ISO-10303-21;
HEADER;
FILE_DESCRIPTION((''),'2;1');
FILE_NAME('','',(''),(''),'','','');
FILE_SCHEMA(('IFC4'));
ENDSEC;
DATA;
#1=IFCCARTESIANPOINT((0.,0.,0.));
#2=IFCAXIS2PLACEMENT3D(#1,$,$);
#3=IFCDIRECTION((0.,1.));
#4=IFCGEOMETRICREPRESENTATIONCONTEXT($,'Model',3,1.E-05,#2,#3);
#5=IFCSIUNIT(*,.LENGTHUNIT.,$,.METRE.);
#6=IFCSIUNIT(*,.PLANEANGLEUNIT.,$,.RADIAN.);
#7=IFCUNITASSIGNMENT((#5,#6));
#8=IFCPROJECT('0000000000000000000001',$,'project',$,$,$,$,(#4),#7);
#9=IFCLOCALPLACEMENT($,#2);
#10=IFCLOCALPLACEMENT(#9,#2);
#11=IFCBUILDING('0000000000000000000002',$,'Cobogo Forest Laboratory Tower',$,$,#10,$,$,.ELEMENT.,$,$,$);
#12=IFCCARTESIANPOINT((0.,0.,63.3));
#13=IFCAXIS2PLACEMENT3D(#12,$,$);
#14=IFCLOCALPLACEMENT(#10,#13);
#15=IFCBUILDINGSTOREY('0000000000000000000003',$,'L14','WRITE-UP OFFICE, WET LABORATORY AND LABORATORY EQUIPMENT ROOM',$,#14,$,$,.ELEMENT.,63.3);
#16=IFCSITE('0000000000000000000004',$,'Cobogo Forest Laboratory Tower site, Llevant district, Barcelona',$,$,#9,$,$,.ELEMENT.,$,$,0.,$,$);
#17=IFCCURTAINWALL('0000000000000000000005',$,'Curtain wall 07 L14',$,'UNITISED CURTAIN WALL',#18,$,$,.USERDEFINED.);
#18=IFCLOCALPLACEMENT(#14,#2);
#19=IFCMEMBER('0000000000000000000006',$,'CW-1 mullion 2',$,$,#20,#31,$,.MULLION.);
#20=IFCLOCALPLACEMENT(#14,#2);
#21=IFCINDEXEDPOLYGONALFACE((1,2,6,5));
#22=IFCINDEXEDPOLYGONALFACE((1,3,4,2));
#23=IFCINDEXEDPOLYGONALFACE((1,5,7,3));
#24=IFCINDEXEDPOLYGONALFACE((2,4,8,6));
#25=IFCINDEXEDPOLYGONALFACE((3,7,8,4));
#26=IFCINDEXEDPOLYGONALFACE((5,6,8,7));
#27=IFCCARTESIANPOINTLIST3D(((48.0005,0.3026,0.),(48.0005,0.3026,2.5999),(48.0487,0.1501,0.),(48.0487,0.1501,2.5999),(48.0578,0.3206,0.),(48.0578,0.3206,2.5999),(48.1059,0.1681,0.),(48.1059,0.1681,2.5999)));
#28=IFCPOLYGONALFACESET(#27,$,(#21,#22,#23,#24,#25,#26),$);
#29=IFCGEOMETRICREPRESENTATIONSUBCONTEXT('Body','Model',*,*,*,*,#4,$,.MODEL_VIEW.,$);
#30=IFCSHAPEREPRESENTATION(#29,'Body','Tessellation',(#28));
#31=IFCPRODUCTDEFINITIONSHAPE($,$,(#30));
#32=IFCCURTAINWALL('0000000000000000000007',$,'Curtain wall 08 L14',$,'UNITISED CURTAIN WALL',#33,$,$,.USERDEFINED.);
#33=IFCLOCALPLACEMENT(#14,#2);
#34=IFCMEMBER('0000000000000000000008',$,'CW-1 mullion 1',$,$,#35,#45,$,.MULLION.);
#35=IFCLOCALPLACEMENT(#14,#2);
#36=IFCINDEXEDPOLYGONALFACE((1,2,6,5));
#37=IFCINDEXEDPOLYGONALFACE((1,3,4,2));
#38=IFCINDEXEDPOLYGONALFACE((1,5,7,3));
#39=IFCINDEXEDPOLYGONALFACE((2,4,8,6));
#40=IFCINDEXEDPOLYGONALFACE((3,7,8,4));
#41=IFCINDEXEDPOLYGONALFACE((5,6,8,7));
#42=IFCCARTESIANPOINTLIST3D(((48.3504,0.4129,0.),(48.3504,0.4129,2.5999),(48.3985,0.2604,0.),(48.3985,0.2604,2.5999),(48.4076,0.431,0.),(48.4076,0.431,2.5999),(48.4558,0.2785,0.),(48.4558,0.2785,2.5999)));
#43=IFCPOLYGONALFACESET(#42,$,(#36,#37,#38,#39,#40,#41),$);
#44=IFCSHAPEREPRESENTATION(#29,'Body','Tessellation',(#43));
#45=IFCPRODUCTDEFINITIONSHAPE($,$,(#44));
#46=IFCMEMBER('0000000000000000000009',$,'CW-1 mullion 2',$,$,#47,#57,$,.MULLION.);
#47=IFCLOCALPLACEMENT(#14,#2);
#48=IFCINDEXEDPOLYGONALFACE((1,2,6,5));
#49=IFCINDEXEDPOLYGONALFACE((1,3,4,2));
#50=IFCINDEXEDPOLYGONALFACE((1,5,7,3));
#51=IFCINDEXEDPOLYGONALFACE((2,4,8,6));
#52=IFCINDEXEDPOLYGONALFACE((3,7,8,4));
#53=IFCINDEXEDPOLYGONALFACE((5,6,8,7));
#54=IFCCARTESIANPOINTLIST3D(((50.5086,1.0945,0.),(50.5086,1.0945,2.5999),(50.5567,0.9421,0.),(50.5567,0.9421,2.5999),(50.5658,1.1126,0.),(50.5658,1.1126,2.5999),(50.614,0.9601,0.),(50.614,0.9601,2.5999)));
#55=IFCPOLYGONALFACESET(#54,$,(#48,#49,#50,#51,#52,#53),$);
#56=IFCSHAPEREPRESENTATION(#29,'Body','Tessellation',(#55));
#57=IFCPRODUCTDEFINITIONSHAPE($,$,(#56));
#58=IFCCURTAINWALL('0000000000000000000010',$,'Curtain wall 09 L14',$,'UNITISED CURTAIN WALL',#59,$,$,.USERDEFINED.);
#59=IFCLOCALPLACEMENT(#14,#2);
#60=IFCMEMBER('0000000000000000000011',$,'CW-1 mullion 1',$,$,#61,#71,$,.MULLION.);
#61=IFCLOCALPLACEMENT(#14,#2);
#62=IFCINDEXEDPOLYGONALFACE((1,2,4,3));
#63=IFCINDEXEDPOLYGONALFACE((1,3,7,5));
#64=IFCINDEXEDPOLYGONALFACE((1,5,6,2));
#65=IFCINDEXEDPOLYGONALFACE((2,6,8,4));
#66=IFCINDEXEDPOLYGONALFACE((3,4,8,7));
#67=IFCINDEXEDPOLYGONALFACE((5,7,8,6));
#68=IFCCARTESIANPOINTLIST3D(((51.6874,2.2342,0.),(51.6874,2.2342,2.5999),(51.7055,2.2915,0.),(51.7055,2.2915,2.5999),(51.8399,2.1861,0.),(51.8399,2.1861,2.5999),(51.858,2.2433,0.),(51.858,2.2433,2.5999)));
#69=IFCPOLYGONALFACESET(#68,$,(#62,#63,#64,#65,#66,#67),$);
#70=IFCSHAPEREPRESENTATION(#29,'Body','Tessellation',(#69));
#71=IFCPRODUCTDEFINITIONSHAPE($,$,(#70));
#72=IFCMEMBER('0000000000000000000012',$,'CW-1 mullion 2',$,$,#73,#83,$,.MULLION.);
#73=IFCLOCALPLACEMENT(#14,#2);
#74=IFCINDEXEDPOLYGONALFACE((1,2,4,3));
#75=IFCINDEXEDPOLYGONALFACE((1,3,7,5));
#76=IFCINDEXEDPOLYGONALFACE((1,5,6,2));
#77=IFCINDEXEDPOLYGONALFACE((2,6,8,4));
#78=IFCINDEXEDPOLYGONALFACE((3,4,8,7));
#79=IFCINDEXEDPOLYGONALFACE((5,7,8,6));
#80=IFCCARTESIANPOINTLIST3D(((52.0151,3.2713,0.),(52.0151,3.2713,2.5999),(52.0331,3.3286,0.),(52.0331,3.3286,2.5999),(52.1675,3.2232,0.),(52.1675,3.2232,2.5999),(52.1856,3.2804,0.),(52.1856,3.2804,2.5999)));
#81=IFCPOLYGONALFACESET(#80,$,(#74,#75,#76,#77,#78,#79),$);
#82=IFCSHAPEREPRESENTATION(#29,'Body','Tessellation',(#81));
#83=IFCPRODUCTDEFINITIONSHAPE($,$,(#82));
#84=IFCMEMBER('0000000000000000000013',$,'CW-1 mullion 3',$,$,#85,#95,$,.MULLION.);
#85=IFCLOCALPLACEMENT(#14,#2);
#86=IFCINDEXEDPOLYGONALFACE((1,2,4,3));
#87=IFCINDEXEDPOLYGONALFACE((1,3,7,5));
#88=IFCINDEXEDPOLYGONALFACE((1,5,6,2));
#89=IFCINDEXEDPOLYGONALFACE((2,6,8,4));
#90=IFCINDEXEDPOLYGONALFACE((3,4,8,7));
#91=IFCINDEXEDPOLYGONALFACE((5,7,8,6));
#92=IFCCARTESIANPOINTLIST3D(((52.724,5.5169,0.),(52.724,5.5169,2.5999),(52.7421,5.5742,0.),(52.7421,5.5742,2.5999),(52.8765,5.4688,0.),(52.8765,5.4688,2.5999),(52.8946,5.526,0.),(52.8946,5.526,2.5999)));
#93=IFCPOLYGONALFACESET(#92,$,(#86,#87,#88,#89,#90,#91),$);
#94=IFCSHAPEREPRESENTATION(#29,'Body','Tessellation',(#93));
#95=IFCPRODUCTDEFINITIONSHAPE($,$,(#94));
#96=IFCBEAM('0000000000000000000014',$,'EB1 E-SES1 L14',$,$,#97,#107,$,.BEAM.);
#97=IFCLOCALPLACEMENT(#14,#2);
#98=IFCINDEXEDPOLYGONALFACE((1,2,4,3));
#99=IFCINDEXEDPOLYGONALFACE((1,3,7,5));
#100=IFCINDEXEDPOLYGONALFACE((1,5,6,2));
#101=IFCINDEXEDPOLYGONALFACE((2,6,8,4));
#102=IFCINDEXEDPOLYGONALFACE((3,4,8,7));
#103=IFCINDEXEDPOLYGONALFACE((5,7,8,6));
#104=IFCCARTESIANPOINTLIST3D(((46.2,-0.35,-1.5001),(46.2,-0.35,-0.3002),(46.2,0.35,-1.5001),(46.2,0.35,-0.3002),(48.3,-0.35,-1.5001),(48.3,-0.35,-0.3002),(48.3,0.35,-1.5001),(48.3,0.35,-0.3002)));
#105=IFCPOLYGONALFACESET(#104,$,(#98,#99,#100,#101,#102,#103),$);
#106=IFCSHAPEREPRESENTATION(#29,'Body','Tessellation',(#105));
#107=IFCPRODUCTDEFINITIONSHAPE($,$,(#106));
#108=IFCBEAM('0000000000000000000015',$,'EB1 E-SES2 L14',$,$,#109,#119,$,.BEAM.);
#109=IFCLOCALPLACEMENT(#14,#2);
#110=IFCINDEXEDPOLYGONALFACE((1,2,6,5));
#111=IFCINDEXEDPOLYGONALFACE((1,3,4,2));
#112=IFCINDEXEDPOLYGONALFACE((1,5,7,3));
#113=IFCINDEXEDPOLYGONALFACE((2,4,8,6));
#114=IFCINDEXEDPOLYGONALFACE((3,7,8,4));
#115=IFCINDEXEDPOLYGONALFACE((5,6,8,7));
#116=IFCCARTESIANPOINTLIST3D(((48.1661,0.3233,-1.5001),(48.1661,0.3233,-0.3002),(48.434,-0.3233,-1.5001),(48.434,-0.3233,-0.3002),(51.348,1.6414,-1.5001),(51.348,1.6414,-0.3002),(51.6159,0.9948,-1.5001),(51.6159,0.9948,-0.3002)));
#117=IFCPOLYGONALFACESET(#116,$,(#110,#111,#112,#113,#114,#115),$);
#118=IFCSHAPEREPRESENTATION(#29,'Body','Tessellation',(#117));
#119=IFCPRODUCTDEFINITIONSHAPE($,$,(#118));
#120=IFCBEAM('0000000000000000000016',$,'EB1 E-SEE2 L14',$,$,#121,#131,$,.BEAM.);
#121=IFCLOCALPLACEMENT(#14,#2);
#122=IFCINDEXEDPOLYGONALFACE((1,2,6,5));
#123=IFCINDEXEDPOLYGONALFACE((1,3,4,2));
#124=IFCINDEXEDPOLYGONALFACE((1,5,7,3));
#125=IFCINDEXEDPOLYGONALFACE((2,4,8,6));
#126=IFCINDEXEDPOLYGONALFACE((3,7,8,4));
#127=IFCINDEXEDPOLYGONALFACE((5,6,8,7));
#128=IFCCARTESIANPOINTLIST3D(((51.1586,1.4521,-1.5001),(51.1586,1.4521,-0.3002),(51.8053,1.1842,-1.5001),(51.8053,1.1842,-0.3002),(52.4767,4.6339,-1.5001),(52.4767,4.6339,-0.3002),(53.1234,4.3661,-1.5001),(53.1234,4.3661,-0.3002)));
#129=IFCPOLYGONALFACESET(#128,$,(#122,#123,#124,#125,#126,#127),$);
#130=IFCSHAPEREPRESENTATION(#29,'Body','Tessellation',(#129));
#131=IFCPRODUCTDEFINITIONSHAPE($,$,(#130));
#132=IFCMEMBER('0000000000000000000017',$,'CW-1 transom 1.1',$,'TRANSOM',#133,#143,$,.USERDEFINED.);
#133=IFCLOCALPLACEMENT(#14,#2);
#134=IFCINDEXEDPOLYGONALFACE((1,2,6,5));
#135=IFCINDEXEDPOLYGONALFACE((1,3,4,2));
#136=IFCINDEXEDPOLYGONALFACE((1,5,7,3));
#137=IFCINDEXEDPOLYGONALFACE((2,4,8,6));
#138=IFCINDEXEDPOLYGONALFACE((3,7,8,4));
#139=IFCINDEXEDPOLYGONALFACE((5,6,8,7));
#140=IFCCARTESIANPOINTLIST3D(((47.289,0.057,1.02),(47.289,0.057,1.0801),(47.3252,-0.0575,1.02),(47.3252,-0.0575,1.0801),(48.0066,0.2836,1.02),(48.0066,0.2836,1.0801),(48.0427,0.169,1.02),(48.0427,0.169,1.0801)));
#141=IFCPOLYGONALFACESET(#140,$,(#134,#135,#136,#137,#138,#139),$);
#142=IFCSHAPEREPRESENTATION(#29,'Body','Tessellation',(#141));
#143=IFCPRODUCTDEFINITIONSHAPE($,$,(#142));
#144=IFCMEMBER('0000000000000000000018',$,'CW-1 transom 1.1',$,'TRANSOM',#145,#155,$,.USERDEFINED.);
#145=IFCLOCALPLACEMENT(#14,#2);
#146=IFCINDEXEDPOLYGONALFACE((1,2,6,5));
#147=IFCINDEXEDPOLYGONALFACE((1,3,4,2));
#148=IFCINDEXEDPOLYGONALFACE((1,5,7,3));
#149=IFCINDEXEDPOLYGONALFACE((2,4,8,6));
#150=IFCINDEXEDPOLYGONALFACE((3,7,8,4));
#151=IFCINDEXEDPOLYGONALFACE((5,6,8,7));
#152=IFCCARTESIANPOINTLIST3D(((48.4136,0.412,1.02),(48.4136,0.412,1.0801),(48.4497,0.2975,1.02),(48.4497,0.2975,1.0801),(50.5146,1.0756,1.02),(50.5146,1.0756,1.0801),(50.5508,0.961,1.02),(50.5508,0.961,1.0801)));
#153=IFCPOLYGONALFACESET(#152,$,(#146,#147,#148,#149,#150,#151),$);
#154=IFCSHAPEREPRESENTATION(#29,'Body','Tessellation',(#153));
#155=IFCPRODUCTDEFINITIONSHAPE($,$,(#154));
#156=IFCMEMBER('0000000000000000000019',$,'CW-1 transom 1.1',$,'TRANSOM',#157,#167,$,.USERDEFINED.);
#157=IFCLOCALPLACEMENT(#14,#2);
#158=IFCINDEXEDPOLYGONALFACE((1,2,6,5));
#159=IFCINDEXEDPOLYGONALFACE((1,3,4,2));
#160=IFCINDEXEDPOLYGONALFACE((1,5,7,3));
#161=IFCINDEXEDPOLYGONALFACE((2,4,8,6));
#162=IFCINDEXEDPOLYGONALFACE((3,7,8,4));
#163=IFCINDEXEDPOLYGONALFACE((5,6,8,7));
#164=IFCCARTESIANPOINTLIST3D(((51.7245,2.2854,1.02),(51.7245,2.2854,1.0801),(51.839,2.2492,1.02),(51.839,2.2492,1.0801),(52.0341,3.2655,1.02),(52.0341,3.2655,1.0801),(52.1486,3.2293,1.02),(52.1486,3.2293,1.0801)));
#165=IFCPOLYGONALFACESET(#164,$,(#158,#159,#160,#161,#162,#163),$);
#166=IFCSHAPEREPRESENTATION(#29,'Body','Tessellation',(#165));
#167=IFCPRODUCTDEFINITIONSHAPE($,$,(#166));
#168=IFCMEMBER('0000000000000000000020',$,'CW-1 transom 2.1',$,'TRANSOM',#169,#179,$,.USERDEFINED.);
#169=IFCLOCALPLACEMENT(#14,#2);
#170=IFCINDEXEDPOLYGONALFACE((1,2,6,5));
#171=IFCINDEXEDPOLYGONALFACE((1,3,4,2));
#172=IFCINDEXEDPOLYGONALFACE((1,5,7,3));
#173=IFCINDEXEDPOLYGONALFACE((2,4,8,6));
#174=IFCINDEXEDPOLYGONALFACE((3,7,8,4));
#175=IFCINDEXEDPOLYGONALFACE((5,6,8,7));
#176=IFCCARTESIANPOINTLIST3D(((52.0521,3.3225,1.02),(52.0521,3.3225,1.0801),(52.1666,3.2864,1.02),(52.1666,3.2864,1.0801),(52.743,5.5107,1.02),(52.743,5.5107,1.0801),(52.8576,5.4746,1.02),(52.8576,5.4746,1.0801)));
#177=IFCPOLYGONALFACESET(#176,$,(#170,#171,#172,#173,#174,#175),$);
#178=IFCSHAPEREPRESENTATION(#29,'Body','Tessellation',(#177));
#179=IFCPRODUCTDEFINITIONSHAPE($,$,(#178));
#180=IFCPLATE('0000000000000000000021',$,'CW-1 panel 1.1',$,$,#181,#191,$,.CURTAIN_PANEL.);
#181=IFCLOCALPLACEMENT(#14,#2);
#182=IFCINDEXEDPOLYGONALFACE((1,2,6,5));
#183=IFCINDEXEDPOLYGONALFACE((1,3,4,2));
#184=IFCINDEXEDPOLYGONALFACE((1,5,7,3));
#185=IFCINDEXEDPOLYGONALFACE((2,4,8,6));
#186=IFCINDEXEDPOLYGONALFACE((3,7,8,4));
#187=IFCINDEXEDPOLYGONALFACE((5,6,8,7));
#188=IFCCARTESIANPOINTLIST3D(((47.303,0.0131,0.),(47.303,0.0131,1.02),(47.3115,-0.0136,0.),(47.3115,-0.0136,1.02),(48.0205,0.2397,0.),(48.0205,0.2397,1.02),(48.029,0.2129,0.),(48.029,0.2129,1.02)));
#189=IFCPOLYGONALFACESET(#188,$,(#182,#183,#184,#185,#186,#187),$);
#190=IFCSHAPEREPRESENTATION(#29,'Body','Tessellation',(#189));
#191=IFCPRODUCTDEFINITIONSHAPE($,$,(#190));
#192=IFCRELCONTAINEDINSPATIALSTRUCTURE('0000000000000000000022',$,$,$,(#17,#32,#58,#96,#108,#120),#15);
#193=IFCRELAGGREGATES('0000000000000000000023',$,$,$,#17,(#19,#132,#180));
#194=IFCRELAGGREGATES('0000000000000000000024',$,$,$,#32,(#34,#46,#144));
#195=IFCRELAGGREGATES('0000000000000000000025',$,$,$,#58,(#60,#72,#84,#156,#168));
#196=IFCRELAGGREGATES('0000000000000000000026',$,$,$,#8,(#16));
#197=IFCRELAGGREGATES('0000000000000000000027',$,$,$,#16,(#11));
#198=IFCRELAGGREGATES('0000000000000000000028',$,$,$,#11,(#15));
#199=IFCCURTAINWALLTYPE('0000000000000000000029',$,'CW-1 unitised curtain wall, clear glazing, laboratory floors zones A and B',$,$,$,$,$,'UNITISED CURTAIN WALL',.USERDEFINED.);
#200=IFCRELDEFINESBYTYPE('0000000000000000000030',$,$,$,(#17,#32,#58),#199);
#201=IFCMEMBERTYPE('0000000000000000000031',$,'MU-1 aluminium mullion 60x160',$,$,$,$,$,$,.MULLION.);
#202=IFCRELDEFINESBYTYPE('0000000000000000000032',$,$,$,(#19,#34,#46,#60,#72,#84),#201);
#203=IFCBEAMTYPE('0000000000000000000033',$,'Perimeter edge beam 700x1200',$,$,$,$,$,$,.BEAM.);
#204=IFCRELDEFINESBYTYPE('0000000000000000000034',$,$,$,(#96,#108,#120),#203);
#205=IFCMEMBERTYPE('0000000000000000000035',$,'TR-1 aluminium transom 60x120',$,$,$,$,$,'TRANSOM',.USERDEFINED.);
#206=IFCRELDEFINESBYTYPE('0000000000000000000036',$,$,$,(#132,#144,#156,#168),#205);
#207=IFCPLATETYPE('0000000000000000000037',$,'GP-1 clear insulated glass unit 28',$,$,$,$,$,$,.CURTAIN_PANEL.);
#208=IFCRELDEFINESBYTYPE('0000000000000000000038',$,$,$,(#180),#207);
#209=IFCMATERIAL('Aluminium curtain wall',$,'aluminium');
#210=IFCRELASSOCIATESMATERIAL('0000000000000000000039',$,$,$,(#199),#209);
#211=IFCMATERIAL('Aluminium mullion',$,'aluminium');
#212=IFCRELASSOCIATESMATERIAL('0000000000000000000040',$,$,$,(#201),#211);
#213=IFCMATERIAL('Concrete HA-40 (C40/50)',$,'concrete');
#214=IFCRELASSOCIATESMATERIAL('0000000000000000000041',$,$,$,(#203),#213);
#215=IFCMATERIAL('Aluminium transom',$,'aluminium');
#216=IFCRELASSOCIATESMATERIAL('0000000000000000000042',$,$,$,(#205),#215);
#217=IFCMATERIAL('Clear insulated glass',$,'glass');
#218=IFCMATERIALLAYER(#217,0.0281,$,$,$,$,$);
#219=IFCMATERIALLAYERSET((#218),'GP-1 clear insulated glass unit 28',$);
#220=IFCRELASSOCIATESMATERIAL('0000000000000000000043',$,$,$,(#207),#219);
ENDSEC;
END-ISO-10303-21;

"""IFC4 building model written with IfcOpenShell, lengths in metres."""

from ifc_helpers import new_model, si_unit, direction, frame, origin, origin_2d, place, context, subcontext, project, spatial, rectangle, extrude, material, layer, layer_set, material_profile, profile_set, type_object, element, aggregate, save


model = new_model("IFC4")

# Units and contexts
model_context = context("Model", 3, precision=1e-05, world=origin(), true_north=direction((0.0, 1.0)))
body_context = subcontext(model_context, "Body", "Model", "MODEL_VIEW")
ifc_project = project(units=[si_unit("LENGTHUNIT", "METRE"), si_unit("PLANEANGLEUNIT", "RADIAN")], contexts=[model_context])

# Site, building, storey
site_placement = place(None, origin())
site = spatial("IfcSite", under=ifc_project, at=site_placement, Name="Cobogo Forest Laboratory Tower site, Llevant district, Barcelona", CompositionType="ELEMENT", RefElevation=0.0)
building_placement = place(site_placement, origin())
building = spatial("IfcBuilding", under=site, at=building_placement, Name="Cobogo Forest Laboratory Tower", CompositionType="ELEMENT")
storey_placement = place(building_placement, frame((0.0, 0.0, 63.3)))
storey = spatial("IfcBuildingStorey", under=building, at=storey_placement, Name="L14", Description="WRITE-UP OFFICE, WET LABORATORY AND LABORATORY EQUIPMENT ROOM", CompositionType="ELEMENT", Elevation=63.3)

# Shared definitions
ifc_material_1 = material(Name="Concrete HA-40 (C40/50)", Category="concrete")

# Shared definitions
ifc_material_2 = material(Name="Aluminium curtain wall", Category="aluminium")
curtain_wall_type = type_object("IfcCurtainWallType", Name="CW-1 unitised curtain wall, clear glazing, laboratory floors zones A and B", ElementType="UNITISED CURTAIN WALL", PredefinedType="USERDEFINED", material=ifc_material_2)
ifc_material_3 = material(Name="Aluminium mullion", Category="aluminium")
ifc_material_profile_1 = material_profile(ifc_material_3, rectangle(XDim=0.0601, YDim=0.1599, at=origin_2d()), Name="AL 60x160")
ifc_profile_set_1 = profile_set([ifc_material_profile_1], Name="Aluminium mullion")
member_type_1 = type_object("IfcMemberType", Name="MU-1 aluminium mullion 60x160", PredefinedType="MULLION", material=ifc_profile_set_1)

# Curtain walls, members
curtain_wall_1_placement = place(storey_placement, origin())
curtain_wall_1 = element("IfcCurtainWall", 1, at=curtain_wall_1_placement, inside=storey, type_object=curtain_wall_type, Name="Curtain wall 07 L14", ObjectType="UNITISED CURTAIN WALL", PredefinedType="USERDEFINED")
member_1_placement = place(storey_placement, frame((48.0532, 0.2354, 0.0), z_axis=(0.0, 0.0, 1.0), x_axis=(0.953582, 0.301135, 0.0)))
member_1 = element("IfcMember", 2, at=member_1_placement, type_object=member_type_1, Name="CW-1 mullion 2", PredefinedType="MULLION", context=body_context, shape_type="SweptSolid", body=[
    extrude(rectangle(XDim=0.0601, YDim=0.1599, at=origin_2d()), origin(), (0.0, 0.0, 1.0), 2.5999),
])
curtain_wall_2_placement = place(storey_placement, origin())
curtain_wall_2 = element("IfcCurtainWall", 3, at=curtain_wall_2_placement, inside=storey, type_object=curtain_wall_type, Name="Curtain wall 08 L14", ObjectType="UNITISED CURTAIN WALL", PredefinedType="USERDEFINED")
member_2_placement = place(storey_placement, frame((48.4031, 0.3457, 0.0), z_axis=(0.0, 0.0, 1.0), x_axis=(0.953581, 0.301135, 0.0)))
member_2 = element("IfcMember", 4, at=member_2_placement, type_object=member_type_1, Name="CW-1 mullion 1", PredefinedType="MULLION", context=body_context, shape_type="SweptSolid", body=[
    extrude(rectangle(XDim=0.0601, YDim=0.1599, at=origin_2d()), origin(), (0.0, 0.0, 1.0), 2.5999),
])
member_3_placement = place(storey_placement, frame((50.5613, 1.0273, 0.0), z_axis=(0.0, 0.0, 1.0), x_axis=(0.953581, 0.301135, 0.0)))
member_3 = element("IfcMember", 5, at=member_3_placement, type_object=member_type_1, Name="CW-1 mullion 2", PredefinedType="MULLION", context=body_context, shape_type="SweptSolid", body=[
    extrude(rectangle(XDim=0.0601, YDim=0.1599, at=origin_2d()), origin(), (0.0, 0.0, 1.0), 2.5999),
])
curtain_wall_3_placement = place(storey_placement, origin())
curtain_wall_3 = element("IfcCurtainWall", 6, at=curtain_wall_3_placement, inside=storey, type_object=curtain_wall_type, Name="Curtain wall 09 L14", ObjectType="UNITISED CURTAIN WALL", PredefinedType="USERDEFINED")
member_4_placement = place(storey_placement, frame((51.7727, 2.2388, 0.0), z_axis=(0.0, 0.0, 1.0), x_axis=(0.301135, 0.953581, 0.0)))
member_4 = element("IfcMember", 7, at=member_4_placement, type_object=member_type_1, Name="CW-1 mullion 1", PredefinedType="MULLION", context=body_context, shape_type="SweptSolid", body=[
    extrude(rectangle(XDim=0.0601, YDim=0.1599, at=origin_2d()), origin(), (0.0, 0.0, 1.0), 2.5999),
])
member_5_placement = place(storey_placement, frame((52.1003, 3.2759, 0.0), z_axis=(0.0, 0.0, 1.0), x_axis=(0.301135, 0.953581, 0.0)))
member_5 = element("IfcMember", 8, at=member_5_placement, type_object=member_type_1, Name="CW-1 mullion 2", PredefinedType="MULLION", context=body_context, shape_type="SweptSolid", body=[
    extrude(rectangle(XDim=0.0601, YDim=0.1599, at=origin_2d()), origin(), (0.0, 0.0, 1.0), 2.5999),
])
member_6_placement = place(storey_placement, frame((52.8093, 5.5215, 0.0), z_axis=(0.0, 0.0, 1.0), x_axis=(0.301135, 0.953581, 0.0)))
member_6 = element("IfcMember", 9, at=member_6_placement, type_object=member_type_1, Name="CW-1 mullion 3", PredefinedType="MULLION", context=body_context, shape_type="SweptSolid", body=[
    extrude(rectangle(XDim=0.0601, YDim=0.1599, at=origin_2d()), origin(), (0.0, 0.0, 1.0), 2.5999),
])

# Beams
ifc_material_profile_2 = material_profile(ifc_material_1, rectangle(XDim=0.7, YDim=1.2, at=origin_2d()), Name="RC 700x1200")
ifc_profile_set_2 = profile_set([ifc_material_profile_2], Name="Concrete HA-40 (C40/50)")
beam_type_1 = type_object("IfcBeamType", Name="Perimeter edge beam 700x1200", PredefinedType="BEAM", material=ifc_profile_set_2)
beam_1_placement = place(storey_placement, frame((46.2, 0.0, -0.9001), z_axis=(1.0, 0.0, 0.0), x_axis=(0.0, 1.0, 0.0)))
element("IfcBeam", 10, at=beam_1_placement, inside=storey, type_object=beam_type_1, Name="EB1 E-SES1 L14", PredefinedType="BEAM", context=body_context, shape_type="SweptSolid", body=[
    extrude(rectangle(XDim=0.7, YDim=1.2, at=origin_2d()), origin(), (0.0, 0.0, 1.0), 2.1001),
])
for number, where, z_axis, x_axis, name in (
    (11, (48.3, 0.0, -0.9001), (0.923866, 0.382717, 0.0), (-0.382717, 0.923866, 0.0), "EB1 E-SES2 L14"),
    (12, (52.8, 4.5, -0.9001), (-0.382717, -0.923866, 0.0), (0.923866, -0.382717, 0.0), "EB1 E-SEE2 L14"),
):
    element("IfcBeam", number, at=place(storey_placement, frame(where, z_axis=z_axis, x_axis=x_axis)), inside=storey, type_object=beam_type_1, Name=name, PredefinedType="BEAM", context=body_context, shape_type="SweptSolid", body=[
        extrude(rectangle(XDim=0.7, YDim=1.2, at=origin_2d()), origin(), (0.0, 0.0, 1.0), 3.4441),
    ])

# Members
ifc_material_4 = material(Name="Aluminium transom", Category="aluminium")
ifc_material_profile_3 = material_profile(ifc_material_4, rectangle(XDim=0.1201, YDim=0.0601, at=origin_2d()), Name="AL 60x120")
ifc_profile_set_3 = profile_set([ifc_material_profile_3], Name="Aluminium transom")
member_type_2 = type_object("IfcMemberType", Name="TR-1 aluminium transom 60x120", ElementType="TRANSOM", PredefinedType="USERDEFINED", material=ifc_profile_set_3)
member_7_placement = place(storey_placement, frame((47.3071, -0.0002, 1.05), z_axis=(0.953592, 0.3011, 0.0), x_axis=(-0.3011, 0.953592, 0.0)))
member_7 = element("IfcMember", 13, at=member_7_placement, type_object=member_type_2, Name="CW-1 transom 1.1", ObjectType="TRANSOM", PredefinedType="USERDEFINED", context=body_context, shape_type="SweptSolid", body=[
    extrude(rectangle(XDim=0.1201, YDim=0.0601, at=origin_2d()), origin(), (0.0, 0.0, 1.0), 0.7524),
])
member_8_placement = place(storey_placement, frame((48.4316, 0.3547, 1.05), z_axis=(0.953573, 0.301163, 0.0), x_axis=(-0.301163, 0.953573, 0.0)))
member_8 = element("IfcMember", 14, at=member_8_placement, type_object=member_type_2, Name="CW-1 transom 1.1", ObjectType="TRANSOM", PredefinedType="USERDEFINED", context=body_context, shape_type="SweptSolid", body=[
    extrude(rectangle(XDim=0.1201, YDim=0.0601, at=origin_2d()), origin(), (0.0, 0.0, 1.0), 2.2034),
])
member_9_placement = place(storey_placement, frame((51.7817, 2.2673, 1.05), z_axis=(0.301222, 0.953554, 0.0), x_axis=(-0.953554, 0.301222, 0.0)))
member_9 = element("IfcMember", 15, at=member_9_placement, type_object=member_type_2, Name="CW-1 transom 1.1", ObjectType="TRANSOM", PredefinedType="USERDEFINED", context=body_context, shape_type="SweptSolid", body=[
    extrude(rectangle(XDim=0.1201, YDim=0.0601, at=origin_2d()), origin(), (0.0, 0.0, 1.0), 1.0278),
])
member_10_placement = place(storey_placement, frame((52.1094, 3.3044, 1.05), z_axis=(0.301091, 0.953596, 0.0), x_axis=(-0.953596, 0.301091, 0.0)))
member_10 = element("IfcMember", 16, at=member_10_placement, type_object=member_type_2, Name="CW-1 transom 2.1", ObjectType="TRANSOM", PredefinedType="USERDEFINED", context=body_context, shape_type="SweptSolid", body=[
    extrude(rectangle(XDim=0.1201, YDim=0.0601, at=origin_2d()), origin(), (0.0, 0.0, 1.0), 2.2947),
])

# Plate
ifc_material_5 = material(Name="Clear insulated glass", Category="glass")
ifc_layer = layer(ifc_material_5, 0.0281)
ifc_layer_set = layer_set([ifc_layer], Name="GP-1 clear insulated glass unit 28")
plate_type = type_object("IfcPlateType", Name="GP-1 clear insulated glass unit 28", PredefinedType="CURTAIN_PANEL", material=ifc_layer_set)
plate_1_placement = place(storey_placement, frame((47.666, 0.113, 0.0), z_axis=(0.0, 0.0, 1.0), x_axis=(0.953582, 0.301135, 0.0)))
plate_1 = element("IfcPlate", 17, at=plate_1_placement, type_object=plate_type, Name="CW-1 panel 1.1", PredefinedType="CURTAIN_PANEL", context=body_context, shape_type="SweptSolid", body=[
    extrude(rectangle(XDim=0.7524, YDim=0.0281, at=origin_2d()), origin(), (0.0, 0.0, 1.0), 1.02),
])
aggregate(curtain_wall_1, [member_1, member_7, plate_1])
aggregate(curtain_wall_2, [member_2, member_3, member_8])
aggregate(curtain_wall_3, [member_4, member_5, member_6, member_9, member_10])

save(model, "model.ifc")
